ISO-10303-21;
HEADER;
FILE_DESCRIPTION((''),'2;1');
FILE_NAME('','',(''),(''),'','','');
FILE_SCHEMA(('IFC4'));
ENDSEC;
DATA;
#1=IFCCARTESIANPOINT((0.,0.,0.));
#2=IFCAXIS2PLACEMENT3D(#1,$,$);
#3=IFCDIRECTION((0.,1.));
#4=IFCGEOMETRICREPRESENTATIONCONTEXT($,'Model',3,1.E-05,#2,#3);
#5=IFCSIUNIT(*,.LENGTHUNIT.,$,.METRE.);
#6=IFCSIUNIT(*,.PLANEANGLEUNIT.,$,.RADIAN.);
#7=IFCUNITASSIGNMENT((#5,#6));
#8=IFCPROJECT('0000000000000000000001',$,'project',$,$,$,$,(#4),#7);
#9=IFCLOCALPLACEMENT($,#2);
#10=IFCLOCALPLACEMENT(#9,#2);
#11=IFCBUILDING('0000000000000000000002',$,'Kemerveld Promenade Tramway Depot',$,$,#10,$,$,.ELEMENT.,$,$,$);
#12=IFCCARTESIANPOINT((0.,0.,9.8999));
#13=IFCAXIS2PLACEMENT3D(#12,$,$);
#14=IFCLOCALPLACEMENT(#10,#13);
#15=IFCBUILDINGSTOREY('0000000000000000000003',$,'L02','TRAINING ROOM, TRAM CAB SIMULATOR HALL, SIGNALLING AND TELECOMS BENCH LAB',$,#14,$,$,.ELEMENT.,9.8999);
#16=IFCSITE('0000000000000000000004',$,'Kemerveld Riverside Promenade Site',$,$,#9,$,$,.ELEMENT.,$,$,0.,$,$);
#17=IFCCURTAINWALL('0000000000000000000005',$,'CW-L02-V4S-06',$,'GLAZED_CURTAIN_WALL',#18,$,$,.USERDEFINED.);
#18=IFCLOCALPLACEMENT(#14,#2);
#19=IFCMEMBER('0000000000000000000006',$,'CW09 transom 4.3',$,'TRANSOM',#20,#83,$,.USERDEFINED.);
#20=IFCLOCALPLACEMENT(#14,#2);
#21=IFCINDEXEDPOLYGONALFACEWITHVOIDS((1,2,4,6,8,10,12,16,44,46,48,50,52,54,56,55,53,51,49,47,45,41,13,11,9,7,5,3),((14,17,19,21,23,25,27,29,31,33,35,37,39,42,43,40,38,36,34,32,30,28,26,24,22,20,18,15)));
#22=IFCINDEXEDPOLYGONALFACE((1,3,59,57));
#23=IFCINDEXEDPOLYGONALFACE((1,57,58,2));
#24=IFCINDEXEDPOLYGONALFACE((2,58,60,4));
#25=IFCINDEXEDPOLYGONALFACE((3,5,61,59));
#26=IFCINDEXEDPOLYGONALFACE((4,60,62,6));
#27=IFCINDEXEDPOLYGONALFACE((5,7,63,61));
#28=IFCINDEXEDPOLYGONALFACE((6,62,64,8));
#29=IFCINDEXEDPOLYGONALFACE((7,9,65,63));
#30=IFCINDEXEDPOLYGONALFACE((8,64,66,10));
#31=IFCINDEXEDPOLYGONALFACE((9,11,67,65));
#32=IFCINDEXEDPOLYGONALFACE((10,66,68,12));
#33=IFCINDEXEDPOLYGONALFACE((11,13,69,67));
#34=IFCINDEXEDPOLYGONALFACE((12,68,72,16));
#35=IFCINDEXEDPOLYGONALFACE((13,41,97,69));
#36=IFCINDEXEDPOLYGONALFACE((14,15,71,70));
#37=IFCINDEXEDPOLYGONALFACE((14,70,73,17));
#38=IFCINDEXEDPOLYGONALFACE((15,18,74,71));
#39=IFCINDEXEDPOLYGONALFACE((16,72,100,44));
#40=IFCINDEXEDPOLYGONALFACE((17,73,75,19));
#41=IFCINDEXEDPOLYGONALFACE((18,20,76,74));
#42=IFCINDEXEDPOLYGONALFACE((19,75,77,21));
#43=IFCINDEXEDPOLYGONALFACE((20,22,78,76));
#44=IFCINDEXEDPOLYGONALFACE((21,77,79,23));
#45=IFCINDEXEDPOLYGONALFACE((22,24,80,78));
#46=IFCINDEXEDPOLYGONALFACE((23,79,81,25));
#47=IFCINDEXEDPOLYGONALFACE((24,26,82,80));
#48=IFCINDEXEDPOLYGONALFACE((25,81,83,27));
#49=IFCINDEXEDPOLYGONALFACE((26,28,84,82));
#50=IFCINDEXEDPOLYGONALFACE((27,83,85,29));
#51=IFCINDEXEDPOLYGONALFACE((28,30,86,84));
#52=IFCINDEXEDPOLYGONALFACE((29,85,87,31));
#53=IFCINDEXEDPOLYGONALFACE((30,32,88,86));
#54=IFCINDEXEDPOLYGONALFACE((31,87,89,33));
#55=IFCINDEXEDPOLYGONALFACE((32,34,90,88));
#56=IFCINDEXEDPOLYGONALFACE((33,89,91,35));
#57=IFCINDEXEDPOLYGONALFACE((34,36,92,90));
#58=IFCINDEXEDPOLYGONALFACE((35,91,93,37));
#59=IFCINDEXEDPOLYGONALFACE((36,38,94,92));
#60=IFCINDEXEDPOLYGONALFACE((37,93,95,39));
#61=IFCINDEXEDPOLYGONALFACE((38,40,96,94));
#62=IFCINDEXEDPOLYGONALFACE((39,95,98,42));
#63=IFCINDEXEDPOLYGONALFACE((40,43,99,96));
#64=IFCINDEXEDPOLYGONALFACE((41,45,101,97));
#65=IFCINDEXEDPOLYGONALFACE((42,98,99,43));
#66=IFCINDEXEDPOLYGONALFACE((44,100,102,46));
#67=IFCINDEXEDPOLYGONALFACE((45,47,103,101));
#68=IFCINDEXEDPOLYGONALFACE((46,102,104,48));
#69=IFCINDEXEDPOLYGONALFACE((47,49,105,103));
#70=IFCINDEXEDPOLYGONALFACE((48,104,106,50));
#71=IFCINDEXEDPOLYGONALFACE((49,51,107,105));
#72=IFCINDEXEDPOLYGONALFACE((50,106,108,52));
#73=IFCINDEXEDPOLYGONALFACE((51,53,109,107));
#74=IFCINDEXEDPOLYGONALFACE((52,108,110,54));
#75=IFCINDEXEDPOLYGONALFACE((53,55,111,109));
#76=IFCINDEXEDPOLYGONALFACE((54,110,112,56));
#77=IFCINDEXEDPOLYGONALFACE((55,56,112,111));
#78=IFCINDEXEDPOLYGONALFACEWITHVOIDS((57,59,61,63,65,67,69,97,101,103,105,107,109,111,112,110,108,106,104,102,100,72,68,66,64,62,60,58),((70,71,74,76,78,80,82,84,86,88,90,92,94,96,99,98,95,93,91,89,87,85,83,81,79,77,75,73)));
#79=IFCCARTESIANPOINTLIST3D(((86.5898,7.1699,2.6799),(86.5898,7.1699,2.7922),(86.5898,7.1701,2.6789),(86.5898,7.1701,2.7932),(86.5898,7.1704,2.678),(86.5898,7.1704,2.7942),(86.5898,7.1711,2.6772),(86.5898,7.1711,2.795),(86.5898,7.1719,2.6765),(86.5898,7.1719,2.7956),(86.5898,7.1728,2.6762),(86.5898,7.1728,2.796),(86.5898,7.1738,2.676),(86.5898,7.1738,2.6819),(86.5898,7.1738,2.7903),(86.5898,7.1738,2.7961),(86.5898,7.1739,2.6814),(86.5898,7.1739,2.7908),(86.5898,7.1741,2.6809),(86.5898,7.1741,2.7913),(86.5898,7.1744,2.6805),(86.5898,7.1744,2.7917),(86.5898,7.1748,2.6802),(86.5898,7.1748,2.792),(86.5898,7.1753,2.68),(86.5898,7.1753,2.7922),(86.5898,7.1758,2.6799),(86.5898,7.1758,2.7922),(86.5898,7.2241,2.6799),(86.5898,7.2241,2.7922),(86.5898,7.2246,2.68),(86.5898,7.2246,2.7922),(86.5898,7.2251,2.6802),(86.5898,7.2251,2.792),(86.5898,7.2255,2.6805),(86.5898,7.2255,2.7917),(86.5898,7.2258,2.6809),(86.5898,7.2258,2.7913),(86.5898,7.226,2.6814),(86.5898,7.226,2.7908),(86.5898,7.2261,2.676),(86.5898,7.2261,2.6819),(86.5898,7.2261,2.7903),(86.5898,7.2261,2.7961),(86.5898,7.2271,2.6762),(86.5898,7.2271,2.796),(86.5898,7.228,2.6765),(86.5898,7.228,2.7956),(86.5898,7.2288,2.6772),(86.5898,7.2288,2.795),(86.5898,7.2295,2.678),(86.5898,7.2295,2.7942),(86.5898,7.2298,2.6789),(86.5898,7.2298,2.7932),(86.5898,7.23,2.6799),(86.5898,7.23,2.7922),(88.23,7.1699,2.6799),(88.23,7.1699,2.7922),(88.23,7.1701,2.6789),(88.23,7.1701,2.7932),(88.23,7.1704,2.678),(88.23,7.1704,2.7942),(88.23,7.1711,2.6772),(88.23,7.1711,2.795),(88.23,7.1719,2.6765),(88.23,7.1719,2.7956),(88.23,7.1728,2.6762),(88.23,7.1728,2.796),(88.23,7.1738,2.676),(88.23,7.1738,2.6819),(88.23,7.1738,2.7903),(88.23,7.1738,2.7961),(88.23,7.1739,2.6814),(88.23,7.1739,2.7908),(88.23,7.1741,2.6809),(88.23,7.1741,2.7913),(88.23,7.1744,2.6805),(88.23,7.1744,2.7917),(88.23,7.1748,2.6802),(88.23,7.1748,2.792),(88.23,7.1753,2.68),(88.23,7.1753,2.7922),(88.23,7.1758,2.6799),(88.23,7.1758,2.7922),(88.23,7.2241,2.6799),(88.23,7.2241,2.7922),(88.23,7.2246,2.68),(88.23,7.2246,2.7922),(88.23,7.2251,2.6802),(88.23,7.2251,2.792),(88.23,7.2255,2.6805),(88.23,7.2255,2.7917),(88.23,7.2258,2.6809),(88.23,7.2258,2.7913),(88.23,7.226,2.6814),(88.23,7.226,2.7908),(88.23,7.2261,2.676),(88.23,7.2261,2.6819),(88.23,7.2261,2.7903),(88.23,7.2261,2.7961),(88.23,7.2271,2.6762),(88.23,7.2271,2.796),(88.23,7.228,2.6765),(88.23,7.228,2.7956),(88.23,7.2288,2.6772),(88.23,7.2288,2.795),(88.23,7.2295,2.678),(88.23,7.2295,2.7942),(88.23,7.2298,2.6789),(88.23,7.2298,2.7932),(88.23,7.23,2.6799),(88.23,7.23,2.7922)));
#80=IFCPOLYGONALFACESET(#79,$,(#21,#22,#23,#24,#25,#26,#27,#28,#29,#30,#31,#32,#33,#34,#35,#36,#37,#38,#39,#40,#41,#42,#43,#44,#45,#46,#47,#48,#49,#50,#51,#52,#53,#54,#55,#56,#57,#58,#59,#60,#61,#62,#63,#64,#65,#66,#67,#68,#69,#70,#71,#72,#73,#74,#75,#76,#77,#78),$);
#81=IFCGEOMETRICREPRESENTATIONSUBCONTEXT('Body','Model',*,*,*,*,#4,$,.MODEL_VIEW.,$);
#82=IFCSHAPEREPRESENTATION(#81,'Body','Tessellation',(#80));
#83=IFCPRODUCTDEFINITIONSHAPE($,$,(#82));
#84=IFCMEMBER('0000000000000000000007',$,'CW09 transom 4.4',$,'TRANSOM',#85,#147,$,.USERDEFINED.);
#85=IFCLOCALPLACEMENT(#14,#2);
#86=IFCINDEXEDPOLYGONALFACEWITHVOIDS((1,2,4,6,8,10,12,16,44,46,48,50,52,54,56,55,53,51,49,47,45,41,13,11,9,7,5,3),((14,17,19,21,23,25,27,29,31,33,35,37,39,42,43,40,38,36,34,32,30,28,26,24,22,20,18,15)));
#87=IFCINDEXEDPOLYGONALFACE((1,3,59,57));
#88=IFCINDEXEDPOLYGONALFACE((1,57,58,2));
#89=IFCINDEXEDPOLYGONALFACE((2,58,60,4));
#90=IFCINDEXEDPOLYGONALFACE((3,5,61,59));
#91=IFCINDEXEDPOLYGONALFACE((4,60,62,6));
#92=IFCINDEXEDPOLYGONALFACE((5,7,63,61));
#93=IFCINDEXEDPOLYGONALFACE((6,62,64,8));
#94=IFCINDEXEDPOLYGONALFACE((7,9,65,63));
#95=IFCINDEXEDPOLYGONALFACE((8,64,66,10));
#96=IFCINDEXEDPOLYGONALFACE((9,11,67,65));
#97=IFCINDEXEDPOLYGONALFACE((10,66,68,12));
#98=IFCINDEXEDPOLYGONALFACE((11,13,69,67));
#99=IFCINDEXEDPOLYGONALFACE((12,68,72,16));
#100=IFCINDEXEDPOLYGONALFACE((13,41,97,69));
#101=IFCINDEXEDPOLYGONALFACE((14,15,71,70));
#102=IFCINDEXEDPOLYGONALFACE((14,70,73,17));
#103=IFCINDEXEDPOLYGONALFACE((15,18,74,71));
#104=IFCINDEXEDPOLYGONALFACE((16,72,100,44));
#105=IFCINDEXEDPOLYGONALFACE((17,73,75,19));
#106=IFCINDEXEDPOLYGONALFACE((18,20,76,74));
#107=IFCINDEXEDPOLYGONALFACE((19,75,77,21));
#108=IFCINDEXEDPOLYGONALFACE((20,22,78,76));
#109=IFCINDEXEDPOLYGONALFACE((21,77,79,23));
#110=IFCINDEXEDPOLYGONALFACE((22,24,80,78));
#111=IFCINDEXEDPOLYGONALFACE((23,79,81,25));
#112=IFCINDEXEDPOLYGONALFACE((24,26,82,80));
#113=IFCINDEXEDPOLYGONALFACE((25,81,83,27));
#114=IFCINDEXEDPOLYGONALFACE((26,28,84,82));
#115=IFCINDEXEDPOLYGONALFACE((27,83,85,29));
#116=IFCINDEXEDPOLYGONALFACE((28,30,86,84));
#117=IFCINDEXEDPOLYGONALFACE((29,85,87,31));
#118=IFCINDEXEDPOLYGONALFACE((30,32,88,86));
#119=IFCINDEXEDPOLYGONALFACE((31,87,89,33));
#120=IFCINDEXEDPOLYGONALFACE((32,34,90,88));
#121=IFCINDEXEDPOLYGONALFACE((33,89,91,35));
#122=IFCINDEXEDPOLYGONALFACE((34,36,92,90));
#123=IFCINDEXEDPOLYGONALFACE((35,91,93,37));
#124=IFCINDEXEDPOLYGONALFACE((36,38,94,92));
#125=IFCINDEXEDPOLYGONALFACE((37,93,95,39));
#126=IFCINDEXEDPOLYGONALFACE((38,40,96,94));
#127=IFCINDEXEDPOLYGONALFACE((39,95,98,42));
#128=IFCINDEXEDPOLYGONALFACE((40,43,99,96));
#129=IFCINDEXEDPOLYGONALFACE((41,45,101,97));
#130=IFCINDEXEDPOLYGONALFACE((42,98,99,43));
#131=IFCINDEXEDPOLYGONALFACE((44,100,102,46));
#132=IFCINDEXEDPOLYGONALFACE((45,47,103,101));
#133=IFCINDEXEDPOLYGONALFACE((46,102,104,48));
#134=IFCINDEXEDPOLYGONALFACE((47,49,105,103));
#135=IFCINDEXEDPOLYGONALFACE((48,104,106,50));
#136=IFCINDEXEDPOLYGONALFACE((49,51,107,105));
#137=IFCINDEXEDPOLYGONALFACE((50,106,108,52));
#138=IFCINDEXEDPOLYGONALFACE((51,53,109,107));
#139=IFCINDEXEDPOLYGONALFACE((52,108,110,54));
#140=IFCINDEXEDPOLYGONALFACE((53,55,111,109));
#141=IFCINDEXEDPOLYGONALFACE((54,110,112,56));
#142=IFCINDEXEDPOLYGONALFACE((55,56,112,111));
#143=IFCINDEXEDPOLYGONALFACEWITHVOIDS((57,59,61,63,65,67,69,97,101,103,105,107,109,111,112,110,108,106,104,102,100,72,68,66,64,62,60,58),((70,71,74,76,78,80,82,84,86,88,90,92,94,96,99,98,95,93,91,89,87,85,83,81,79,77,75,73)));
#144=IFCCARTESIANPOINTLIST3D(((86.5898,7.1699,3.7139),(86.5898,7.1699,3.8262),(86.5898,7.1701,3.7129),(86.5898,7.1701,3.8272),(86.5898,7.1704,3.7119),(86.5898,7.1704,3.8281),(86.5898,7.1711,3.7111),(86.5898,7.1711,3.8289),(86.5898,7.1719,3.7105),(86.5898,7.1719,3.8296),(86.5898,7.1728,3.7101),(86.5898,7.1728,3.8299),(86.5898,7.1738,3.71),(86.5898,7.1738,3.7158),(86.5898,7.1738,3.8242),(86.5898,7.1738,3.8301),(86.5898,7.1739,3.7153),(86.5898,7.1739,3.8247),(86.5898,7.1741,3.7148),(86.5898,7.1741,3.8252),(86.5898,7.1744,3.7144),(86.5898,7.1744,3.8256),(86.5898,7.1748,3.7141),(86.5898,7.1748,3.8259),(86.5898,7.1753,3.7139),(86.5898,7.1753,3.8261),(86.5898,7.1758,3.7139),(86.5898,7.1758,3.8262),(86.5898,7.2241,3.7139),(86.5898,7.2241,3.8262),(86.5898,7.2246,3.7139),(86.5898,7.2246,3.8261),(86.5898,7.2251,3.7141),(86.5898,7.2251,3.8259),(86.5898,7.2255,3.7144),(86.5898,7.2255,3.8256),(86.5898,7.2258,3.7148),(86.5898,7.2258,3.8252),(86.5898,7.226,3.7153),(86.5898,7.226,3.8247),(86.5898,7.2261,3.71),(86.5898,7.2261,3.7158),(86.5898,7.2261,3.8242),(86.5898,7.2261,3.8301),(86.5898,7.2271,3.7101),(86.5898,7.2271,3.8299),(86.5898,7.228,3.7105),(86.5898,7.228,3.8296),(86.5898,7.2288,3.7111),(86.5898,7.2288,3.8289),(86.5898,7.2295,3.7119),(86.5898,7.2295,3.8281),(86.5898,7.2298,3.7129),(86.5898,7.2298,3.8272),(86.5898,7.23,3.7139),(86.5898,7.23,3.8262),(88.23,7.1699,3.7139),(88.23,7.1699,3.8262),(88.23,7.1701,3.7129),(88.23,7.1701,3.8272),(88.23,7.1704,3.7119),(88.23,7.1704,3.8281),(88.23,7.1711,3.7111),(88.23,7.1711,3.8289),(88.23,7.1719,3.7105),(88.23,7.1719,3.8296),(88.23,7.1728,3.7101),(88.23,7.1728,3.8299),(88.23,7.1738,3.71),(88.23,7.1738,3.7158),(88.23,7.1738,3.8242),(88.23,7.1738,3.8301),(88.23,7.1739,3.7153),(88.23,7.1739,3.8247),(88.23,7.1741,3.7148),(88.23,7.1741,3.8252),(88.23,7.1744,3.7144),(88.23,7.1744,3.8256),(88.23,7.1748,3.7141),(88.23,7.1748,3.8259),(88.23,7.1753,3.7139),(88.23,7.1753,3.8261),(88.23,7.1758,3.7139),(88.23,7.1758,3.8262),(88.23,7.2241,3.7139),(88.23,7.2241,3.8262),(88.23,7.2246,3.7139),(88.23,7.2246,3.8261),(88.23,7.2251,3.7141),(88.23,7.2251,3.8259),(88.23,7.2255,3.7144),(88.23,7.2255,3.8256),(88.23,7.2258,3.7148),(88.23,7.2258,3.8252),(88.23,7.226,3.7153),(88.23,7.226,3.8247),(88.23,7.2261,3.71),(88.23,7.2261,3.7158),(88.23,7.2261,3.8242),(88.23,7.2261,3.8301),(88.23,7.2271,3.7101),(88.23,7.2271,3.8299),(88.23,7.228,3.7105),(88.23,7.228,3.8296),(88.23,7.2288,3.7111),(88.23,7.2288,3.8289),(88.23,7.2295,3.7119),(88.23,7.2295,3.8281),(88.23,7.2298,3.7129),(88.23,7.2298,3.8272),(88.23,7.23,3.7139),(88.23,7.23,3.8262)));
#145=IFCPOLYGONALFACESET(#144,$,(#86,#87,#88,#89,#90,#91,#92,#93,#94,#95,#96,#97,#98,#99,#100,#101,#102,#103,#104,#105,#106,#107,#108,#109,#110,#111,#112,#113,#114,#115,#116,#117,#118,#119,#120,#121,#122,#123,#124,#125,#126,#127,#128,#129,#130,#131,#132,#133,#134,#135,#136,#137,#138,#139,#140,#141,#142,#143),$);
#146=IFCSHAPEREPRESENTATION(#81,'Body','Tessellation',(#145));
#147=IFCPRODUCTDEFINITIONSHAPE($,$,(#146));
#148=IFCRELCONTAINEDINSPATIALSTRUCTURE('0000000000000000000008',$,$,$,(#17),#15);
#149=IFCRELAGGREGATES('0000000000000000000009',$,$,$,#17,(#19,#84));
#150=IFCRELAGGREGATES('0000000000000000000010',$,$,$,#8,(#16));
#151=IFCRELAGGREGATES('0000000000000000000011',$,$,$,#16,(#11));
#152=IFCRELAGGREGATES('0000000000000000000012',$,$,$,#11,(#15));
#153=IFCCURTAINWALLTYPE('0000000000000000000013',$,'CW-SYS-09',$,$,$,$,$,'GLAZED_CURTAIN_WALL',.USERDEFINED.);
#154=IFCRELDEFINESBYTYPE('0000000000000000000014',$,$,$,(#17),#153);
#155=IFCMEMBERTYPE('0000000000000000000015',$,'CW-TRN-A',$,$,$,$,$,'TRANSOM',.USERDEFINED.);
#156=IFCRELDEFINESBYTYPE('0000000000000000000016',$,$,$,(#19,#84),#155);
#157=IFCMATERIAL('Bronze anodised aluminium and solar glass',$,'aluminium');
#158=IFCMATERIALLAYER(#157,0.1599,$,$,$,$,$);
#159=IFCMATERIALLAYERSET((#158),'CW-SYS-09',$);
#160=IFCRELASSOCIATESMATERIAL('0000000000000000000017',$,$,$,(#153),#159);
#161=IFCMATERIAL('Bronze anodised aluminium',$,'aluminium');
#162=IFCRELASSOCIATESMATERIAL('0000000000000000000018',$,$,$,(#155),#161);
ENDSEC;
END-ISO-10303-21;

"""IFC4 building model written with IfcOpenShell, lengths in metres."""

from ifc_helpers import new_model, si_unit, direction, frame, origin, origin_2d, place, context, subcontext, project, spatial, hollow_rectangle, extrude, material, layer, layer_set, material_profile, profile_set, type_object, element, aggregate, save


model = new_model("IFC4")

# Units and contexts
model_context = context("Model", 3, precision=1e-05, world=origin(), true_north=direction((0.0, 1.0)))
body_context = subcontext(model_context, "Body", "Model", "MODEL_VIEW")
ifc_project = project(units=[si_unit("LENGTHUNIT", "METRE"), si_unit("PLANEANGLEUNIT", "RADIAN")], contexts=[model_context])

# Site, building, storey
site_placement = place(None, origin())
site = spatial("IfcSite", under=ifc_project, at=site_placement, Name="Kemerveld Riverside Promenade Site", CompositionType="ELEMENT", RefElevation=0.0)
building_placement = place(site_placement, origin())
building = spatial("IfcBuilding", under=site, at=building_placement, Name="Kemerveld Promenade Tramway Depot", CompositionType="ELEMENT")
storey_placement = place(building_placement, frame((0.0, 0.0, 9.8999)))
storey = spatial("IfcBuildingStorey", under=building, at=storey_placement, Name="L02", Description="TRAINING ROOM, TRAM CAB SIMULATOR HALL, SIGNALLING AND TELECOMS BENCH LAB", CompositionType="ELEMENT", Elevation=9.8999)

# Curtain wall, members
ifc_material_1 = material(Name="Bronze anodised aluminium and solar glass", Category="aluminium")
ifc_layer_1 = layer(ifc_material_1, 0.1599)
ifc_layer_set_1 = layer_set([ifc_layer_1], Name="CW-SYS-09")
curtain_wall_type = type_object("IfcCurtainWallType", Name="CW-SYS-09", ElementType="GLAZED_CURTAIN_WALL", PredefinedType="USERDEFINED", material=ifc_layer_set_1)
curtain_wall_placement = place(storey_placement, origin())
curtain_wall = element("IfcCurtainWall", 1, at=curtain_wall_placement, inside=storey, type_object=curtain_wall_type, Name="CW-L02-V4S-06", ObjectType="GLAZED_CURTAIN_WALL", PredefinedType="USERDEFINED")
ifc_material_2 = material(Name="Bronze anodised aluminium", Category="aluminium")
ifc_material_profile_1 = material_profile(ifc_material_2, hollow_rectangle(XDim=0.0601, YDim=0.1201, WallThickness=0.0039, InnerFilletRadius=0.002, OuterFilletRadius=0.0039, at=origin_2d()), Name="CW-TRN-120x60")
ifc_profile_set_1 = profile_set([ifc_material_profile_1], Name="Bronze anodised aluminium")
member_type_1 = type_object("IfcMemberType", Name="CW-TRN-A", ElementType="TRANSOM", PredefinedType="USERDEFINED", material=ifc_profile_set_1)
member_1_placement = place(storey_placement, frame((88.23, 7.2, 2.7361), z_axis=(-1.0, 0.0, 0.0), x_axis=(0.0, -1.0, 0.0)))
member_1 = element("IfcMember", 2, at=member_1_placement, type_object=member_type_1, Name="CW09 transom 4.3", ObjectType="TRANSOM", PredefinedType="USERDEFINED", context=body_context, shape_type="SweptSolid", body=[
    extrude(hollow_rectangle(XDim=0.0601, YDim=0.1201, WallThickness=0.0039, InnerFilletRadius=0.002, OuterFilletRadius=0.0039, at=origin_2d()), origin(), (0.0, 0.0, 1.0), 1.6401),
])
member_2_placement = place(storey_placement, frame((88.23, 7.2, 3.77), z_axis=(-1.0, 0.0, 0.0), x_axis=(0.0, -1.0, 0.0)))
member_2 = element("IfcMember", 3, at=member_2_placement, type_object=member_type_1, Name="CW09 transom 4.4", ObjectType="TRANSOM", PredefinedType="USERDEFINED", context=body_context, shape_type="SweptSolid", body=[
    extrude(hollow_rectangle(XDim=0.0601, YDim=0.1201, WallThickness=0.0039, InnerFilletRadius=0.002, OuterFilletRadius=0.0039, at=origin_2d()), origin(), (0.0, 0.0, 1.0), 1.6401),
])

aggregate(curtain_wall, [member_1, member_2])

save(model, "model.ifc")
